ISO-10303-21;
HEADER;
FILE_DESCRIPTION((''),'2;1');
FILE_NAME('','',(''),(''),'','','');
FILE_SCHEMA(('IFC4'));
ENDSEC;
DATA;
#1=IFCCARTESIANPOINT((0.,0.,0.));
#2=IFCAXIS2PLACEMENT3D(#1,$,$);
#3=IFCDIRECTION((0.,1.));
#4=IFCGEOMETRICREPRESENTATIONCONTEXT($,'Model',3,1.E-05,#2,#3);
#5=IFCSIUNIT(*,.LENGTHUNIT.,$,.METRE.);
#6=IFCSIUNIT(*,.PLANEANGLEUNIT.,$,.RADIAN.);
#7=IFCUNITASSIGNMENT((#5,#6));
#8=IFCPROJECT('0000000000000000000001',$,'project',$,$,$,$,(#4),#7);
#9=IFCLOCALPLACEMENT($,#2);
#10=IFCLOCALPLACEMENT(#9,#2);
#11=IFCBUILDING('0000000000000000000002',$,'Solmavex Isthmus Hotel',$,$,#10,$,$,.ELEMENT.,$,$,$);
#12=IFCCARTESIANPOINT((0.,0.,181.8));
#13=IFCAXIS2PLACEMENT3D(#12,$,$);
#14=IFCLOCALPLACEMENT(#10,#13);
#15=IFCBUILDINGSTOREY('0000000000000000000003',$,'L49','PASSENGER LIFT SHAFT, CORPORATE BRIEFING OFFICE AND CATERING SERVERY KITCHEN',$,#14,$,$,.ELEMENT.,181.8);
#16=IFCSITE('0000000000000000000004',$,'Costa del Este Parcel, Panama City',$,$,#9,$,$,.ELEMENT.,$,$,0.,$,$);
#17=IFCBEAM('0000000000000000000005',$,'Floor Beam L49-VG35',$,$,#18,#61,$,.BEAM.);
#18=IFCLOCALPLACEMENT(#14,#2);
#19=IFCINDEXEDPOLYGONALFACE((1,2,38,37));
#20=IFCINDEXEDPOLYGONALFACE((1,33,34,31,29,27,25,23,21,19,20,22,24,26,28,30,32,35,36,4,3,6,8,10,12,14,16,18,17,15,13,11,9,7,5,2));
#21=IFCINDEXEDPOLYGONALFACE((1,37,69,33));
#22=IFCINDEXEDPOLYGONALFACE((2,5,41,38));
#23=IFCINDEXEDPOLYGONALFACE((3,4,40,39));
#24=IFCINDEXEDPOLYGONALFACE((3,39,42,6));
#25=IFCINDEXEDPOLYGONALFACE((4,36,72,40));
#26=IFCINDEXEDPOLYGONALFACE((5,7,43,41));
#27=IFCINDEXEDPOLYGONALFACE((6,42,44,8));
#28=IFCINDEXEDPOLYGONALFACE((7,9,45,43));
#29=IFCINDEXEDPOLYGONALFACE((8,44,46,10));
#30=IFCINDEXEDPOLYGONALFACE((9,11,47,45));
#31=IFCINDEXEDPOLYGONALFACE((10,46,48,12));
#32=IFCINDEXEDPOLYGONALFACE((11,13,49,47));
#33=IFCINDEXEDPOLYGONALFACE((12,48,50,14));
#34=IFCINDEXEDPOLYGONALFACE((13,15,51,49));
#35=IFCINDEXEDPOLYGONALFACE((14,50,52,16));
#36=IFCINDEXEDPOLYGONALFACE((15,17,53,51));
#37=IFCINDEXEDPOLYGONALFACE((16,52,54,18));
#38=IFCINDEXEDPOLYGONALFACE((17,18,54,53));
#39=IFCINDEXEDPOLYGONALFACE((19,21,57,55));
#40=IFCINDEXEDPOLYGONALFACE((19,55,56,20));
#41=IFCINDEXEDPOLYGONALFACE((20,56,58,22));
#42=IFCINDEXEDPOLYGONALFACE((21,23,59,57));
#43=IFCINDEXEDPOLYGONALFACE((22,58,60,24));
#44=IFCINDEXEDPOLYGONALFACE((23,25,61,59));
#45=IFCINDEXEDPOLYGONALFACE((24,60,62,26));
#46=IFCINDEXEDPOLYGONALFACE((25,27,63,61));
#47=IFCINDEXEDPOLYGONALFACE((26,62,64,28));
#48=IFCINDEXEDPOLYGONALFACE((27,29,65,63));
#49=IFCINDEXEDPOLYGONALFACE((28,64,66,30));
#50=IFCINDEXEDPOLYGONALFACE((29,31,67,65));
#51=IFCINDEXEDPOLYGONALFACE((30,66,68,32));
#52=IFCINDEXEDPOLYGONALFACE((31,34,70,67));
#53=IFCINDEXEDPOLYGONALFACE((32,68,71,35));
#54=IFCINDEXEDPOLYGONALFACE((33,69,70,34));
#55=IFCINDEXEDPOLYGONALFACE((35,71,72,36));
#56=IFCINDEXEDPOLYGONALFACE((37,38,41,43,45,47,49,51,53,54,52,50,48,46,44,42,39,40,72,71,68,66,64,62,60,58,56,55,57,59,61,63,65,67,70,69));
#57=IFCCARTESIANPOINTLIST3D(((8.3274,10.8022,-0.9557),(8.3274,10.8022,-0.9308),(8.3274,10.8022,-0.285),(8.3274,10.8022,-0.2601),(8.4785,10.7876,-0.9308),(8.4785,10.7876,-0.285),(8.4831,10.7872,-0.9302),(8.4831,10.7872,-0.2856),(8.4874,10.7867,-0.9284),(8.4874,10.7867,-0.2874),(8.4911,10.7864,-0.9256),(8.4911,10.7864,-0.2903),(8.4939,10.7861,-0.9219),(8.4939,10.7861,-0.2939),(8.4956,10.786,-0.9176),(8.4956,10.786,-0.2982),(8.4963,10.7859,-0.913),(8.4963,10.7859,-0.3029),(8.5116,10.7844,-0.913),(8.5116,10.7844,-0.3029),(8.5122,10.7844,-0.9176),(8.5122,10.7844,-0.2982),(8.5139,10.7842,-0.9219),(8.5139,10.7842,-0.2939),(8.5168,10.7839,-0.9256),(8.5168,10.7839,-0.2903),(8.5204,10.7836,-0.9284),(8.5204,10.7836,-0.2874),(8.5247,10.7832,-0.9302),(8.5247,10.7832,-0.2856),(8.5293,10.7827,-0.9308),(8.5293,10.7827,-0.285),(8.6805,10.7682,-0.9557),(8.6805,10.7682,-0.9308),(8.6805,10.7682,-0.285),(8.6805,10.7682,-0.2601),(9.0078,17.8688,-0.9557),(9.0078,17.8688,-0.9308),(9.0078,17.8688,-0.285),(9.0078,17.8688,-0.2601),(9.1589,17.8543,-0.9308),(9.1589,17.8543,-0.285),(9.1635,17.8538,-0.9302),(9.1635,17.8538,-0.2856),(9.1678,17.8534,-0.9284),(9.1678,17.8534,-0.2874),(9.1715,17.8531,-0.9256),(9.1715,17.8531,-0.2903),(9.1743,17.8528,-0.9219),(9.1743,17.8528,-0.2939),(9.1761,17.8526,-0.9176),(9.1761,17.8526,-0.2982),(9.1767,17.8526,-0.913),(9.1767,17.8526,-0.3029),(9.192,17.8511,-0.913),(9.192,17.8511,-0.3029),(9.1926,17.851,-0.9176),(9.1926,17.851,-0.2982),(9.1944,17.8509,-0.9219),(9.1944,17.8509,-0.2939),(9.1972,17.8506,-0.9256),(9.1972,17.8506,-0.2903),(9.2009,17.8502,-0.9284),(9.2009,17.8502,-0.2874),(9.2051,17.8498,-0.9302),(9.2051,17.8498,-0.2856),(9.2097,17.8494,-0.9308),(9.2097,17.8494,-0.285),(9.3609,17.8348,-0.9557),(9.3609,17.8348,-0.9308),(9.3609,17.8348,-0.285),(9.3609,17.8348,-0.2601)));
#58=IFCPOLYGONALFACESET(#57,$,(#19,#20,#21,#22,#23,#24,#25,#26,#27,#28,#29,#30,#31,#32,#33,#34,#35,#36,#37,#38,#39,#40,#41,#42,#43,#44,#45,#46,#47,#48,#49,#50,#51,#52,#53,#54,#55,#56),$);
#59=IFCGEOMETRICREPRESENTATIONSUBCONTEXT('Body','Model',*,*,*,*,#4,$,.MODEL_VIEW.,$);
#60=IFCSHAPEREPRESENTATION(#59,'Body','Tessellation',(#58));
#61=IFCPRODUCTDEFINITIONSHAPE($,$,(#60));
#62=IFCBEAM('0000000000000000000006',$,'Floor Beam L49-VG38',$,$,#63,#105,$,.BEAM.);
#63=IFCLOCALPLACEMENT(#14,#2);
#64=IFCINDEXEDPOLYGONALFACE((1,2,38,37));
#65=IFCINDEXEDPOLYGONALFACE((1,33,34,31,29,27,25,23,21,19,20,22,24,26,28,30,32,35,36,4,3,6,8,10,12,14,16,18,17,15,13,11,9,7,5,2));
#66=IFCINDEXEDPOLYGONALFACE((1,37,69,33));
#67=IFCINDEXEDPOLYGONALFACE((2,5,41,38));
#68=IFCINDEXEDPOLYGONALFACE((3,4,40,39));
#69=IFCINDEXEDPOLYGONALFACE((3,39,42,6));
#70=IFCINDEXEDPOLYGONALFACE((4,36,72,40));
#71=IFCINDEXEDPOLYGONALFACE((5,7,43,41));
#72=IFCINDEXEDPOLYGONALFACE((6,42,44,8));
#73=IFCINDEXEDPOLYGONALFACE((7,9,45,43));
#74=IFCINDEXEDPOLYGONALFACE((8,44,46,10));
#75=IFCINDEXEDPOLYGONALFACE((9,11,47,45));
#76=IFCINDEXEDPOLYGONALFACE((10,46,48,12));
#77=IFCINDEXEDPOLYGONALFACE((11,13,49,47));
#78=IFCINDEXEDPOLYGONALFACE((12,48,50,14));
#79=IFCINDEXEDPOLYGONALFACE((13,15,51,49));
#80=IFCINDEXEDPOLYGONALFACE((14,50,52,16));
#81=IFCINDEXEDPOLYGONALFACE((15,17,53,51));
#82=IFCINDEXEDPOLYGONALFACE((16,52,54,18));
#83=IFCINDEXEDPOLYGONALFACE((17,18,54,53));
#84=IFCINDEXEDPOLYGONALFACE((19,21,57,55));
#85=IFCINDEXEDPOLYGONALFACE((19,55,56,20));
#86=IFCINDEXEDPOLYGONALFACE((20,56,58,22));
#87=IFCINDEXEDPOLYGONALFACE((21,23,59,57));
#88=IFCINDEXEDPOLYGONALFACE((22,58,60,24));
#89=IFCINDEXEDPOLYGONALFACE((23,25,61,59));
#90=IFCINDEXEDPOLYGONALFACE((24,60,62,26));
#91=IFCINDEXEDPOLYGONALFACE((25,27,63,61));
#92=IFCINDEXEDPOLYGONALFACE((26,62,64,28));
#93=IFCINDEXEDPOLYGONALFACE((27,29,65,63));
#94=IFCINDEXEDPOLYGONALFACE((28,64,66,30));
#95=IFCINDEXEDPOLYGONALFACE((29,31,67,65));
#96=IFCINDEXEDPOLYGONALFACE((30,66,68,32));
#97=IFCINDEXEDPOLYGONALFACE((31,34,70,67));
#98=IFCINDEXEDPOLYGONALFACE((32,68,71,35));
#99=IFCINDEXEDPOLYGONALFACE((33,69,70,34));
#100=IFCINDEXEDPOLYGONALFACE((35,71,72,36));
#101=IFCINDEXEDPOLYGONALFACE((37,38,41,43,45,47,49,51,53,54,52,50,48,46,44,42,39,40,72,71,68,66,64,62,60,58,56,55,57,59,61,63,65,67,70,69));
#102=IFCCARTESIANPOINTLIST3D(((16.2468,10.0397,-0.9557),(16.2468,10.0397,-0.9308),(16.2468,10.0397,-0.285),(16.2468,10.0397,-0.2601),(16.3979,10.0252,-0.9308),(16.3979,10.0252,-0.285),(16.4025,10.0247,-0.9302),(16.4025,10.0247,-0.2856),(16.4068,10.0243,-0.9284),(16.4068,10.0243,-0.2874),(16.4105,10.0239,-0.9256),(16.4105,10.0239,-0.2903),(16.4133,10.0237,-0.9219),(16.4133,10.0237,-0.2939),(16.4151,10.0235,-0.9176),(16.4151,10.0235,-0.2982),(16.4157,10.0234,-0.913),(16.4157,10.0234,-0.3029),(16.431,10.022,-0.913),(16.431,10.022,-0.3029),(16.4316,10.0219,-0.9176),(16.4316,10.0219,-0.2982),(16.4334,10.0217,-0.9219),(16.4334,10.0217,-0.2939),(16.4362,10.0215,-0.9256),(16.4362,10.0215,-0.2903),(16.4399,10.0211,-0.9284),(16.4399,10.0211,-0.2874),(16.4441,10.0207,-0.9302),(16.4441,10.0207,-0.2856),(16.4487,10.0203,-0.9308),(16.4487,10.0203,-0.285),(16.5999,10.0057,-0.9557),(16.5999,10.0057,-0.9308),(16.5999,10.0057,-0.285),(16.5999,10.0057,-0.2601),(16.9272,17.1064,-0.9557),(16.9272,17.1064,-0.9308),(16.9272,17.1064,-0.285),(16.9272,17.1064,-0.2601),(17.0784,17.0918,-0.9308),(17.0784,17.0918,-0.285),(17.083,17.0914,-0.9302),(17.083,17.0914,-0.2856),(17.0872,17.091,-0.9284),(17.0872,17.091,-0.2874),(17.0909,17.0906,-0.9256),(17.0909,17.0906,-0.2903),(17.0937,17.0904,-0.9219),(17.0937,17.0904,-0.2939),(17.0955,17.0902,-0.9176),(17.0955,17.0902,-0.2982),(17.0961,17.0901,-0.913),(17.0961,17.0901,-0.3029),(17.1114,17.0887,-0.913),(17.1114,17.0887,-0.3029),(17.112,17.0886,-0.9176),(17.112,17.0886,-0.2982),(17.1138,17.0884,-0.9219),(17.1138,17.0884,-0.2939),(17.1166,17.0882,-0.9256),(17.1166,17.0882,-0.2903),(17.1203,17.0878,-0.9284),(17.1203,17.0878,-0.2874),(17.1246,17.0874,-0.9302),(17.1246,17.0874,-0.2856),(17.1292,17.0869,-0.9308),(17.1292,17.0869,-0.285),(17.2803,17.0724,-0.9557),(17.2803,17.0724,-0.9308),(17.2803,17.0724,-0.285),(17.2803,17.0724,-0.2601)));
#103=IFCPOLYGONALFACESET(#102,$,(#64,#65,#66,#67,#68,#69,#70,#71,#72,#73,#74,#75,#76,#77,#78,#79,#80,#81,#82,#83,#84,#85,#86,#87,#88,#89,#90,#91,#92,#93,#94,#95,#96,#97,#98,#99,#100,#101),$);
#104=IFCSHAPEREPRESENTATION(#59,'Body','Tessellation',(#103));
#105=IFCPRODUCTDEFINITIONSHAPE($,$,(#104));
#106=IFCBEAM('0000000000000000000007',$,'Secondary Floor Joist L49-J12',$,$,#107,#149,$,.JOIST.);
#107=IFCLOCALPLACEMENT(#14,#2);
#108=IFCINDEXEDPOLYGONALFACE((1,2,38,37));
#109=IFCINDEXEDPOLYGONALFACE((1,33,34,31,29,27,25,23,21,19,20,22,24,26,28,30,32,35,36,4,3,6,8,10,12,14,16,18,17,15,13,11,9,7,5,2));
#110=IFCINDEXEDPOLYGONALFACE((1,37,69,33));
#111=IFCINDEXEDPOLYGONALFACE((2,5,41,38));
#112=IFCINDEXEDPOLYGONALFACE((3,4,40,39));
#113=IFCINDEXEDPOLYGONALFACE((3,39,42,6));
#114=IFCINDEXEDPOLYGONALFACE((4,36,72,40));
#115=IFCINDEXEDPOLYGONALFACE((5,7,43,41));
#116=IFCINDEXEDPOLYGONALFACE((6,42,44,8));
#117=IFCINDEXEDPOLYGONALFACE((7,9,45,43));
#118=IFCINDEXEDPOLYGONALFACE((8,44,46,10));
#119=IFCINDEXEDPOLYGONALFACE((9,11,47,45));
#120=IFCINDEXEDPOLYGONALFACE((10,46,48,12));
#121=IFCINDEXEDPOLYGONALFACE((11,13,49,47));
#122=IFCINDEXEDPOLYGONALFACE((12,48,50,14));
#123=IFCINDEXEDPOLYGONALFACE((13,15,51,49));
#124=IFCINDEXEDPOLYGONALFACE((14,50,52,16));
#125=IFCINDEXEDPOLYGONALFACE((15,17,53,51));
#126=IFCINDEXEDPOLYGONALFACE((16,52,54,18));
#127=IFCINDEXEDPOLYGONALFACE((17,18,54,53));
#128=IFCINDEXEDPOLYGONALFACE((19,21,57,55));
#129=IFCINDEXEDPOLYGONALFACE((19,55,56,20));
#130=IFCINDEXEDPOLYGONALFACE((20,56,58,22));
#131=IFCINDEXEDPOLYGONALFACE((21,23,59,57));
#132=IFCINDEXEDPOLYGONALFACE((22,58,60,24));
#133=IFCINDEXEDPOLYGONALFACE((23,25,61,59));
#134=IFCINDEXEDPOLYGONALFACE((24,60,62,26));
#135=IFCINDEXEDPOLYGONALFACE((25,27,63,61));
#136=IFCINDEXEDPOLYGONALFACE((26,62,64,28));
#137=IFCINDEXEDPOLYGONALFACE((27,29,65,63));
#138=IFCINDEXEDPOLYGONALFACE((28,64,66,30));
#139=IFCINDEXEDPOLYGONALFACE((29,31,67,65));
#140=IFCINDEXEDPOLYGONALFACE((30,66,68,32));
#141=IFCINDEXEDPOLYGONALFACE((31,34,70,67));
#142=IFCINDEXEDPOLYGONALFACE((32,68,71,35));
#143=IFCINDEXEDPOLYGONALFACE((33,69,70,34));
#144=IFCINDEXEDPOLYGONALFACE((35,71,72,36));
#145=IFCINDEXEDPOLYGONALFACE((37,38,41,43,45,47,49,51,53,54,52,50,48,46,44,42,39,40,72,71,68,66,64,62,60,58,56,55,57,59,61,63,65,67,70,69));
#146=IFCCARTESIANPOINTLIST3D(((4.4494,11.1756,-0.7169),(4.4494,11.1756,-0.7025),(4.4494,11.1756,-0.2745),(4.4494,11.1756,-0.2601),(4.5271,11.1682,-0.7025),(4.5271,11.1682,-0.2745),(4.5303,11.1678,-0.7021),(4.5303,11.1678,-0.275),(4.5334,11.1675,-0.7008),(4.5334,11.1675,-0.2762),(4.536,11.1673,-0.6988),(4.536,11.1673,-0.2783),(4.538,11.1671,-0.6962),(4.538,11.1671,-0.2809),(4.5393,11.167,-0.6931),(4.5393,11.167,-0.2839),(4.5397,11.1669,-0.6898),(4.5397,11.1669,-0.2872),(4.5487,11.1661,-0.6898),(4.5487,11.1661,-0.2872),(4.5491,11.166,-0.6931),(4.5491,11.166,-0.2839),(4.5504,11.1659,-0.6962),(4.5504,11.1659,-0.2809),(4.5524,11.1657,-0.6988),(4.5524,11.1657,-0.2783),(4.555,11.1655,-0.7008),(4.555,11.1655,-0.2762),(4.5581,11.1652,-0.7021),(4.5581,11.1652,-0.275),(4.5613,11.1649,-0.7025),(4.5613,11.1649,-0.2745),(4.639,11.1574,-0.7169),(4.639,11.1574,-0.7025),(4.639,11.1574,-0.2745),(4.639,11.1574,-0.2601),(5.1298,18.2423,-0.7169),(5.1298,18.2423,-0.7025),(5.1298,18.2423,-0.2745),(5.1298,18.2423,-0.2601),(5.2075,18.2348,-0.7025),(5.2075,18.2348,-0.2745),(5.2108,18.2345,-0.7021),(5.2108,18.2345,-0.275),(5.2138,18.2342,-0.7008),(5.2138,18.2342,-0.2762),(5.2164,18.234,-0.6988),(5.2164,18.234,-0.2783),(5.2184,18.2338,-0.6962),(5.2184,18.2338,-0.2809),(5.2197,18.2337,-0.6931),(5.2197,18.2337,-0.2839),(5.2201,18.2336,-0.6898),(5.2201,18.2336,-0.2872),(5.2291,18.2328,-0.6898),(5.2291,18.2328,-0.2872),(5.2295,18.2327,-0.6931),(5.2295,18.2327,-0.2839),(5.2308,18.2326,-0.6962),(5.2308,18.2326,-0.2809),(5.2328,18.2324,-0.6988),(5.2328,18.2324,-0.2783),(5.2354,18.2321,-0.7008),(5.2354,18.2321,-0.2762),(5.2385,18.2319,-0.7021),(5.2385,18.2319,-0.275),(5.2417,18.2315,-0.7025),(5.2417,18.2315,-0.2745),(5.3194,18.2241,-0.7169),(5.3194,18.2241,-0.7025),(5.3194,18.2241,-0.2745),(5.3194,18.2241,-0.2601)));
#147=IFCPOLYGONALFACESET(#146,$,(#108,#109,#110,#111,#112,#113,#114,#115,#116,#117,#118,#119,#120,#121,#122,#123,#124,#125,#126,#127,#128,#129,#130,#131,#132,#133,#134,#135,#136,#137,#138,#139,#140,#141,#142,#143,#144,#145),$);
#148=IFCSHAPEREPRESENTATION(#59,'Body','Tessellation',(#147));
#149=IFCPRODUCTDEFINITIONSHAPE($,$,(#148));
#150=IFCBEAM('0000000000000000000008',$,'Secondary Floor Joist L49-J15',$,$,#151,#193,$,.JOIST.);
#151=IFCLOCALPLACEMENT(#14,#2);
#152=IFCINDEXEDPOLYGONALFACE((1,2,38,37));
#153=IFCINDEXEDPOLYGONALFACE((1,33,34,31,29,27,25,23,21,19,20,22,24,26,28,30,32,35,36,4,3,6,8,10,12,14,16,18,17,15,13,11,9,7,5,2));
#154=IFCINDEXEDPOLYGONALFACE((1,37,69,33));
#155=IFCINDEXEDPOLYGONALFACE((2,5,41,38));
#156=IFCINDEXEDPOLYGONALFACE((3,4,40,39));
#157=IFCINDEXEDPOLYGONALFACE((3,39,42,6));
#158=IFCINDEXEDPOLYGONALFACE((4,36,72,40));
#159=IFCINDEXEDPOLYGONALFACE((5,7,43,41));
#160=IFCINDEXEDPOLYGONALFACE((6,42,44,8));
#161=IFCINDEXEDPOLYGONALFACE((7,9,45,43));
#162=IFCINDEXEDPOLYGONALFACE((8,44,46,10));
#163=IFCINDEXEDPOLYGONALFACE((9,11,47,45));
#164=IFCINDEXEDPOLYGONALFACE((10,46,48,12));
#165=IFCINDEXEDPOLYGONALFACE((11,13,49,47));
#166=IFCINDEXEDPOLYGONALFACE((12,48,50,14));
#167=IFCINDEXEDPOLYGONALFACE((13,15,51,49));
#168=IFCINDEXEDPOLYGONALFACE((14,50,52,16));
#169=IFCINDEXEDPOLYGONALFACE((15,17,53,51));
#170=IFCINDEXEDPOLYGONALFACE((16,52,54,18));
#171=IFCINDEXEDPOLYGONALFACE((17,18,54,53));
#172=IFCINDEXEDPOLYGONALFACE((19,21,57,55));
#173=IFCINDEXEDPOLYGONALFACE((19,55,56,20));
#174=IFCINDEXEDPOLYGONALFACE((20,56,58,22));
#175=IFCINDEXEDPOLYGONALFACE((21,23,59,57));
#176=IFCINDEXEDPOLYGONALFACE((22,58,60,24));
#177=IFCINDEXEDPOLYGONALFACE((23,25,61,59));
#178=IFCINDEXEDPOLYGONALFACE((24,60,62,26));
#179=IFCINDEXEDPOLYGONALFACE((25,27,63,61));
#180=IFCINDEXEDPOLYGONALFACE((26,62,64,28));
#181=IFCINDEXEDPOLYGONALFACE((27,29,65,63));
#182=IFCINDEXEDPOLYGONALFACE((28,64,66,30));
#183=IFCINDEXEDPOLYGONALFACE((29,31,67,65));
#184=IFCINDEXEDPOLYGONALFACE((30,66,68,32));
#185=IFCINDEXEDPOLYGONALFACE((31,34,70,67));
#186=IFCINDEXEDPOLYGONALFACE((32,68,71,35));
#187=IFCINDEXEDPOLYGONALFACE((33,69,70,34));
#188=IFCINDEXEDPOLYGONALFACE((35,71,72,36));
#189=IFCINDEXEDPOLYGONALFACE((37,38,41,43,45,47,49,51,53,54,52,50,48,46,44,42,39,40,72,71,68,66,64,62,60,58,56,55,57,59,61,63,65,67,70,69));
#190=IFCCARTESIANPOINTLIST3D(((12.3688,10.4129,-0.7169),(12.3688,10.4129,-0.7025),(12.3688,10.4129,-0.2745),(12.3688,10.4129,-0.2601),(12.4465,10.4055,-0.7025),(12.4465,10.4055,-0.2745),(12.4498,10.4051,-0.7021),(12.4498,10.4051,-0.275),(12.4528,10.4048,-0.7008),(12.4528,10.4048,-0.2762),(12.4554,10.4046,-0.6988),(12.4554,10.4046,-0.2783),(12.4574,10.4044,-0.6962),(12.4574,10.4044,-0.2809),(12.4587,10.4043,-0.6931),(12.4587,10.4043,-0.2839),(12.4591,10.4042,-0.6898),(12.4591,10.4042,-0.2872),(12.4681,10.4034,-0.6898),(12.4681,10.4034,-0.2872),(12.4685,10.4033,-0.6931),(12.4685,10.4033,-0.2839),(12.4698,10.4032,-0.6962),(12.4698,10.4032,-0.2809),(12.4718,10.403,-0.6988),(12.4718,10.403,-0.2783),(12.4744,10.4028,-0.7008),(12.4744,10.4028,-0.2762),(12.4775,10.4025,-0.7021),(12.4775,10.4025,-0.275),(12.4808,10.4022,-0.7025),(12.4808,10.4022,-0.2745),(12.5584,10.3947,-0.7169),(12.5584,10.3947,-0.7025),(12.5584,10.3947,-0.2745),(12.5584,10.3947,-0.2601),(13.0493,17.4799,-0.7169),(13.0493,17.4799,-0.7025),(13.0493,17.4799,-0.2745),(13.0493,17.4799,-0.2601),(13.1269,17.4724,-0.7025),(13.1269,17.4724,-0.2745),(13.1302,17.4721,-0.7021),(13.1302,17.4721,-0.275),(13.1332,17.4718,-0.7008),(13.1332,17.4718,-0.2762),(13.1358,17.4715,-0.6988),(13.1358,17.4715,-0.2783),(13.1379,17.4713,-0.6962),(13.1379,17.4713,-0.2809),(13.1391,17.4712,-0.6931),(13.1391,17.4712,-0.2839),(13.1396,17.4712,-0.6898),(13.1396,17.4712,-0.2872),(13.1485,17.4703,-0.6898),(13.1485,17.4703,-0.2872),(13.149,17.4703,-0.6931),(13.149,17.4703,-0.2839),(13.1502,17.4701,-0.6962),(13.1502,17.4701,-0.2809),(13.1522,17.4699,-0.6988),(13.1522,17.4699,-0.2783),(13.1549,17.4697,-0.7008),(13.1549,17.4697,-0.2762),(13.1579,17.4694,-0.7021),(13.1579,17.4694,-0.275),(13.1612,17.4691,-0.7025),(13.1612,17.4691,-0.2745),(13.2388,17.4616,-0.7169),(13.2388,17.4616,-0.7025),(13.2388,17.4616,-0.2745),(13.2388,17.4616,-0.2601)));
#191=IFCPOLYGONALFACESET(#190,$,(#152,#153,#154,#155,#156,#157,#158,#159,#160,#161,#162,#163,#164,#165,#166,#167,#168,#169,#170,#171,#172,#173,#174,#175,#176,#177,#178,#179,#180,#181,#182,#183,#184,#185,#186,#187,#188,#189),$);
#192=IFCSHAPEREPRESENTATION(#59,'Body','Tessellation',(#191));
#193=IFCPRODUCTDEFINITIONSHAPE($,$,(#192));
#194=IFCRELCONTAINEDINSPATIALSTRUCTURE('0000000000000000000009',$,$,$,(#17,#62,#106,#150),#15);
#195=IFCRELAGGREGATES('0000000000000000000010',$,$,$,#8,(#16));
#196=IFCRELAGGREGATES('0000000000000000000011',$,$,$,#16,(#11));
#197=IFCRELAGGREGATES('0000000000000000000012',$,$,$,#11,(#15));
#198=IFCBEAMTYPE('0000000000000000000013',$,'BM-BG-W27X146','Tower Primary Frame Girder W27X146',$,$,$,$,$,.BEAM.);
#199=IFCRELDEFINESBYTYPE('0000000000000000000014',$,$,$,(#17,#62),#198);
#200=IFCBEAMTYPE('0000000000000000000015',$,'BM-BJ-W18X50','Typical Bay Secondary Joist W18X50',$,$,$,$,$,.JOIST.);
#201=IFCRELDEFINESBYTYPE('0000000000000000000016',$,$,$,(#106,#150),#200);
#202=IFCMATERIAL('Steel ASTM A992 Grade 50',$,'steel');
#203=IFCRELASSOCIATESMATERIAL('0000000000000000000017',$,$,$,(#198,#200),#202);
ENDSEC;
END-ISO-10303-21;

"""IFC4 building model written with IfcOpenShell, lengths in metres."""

from ifc_helpers import new_model, si_unit, direction, frame, origin, origin_2d, place, context, subcontext, project, spatial, i_section, extrude, material, material_profile, profile_set, type_object, element, save


model = new_model("IFC4")

# Units and contexts
model_context = context("Model", 3, precision=1e-05, world=origin(), true_north=direction((0.0, 1.0)))
body_context = subcontext(model_context, "Body", "Model", "MODEL_VIEW")
ifc_project = project(units=[si_unit("LENGTHUNIT", "METRE"), si_unit("PLANEANGLEUNIT", "RADIAN")], contexts=[model_context])

# Site, building, storey
site_placement = place(None, origin())
site = spatial("IfcSite", under=ifc_project, at=site_placement, Name="Costa del Este Parcel, Panama City", CompositionType="ELEMENT", RefElevation=0.0)
building_placement = place(site_placement, origin())
building = spatial("IfcBuilding", under=site, at=building_placement, Name="Solmavex Isthmus Hotel", CompositionType="ELEMENT")
storey_placement = place(building_placement, frame((0.0, 0.0, 181.8)))
storey = spatial("IfcBuildingStorey", under=building, at=storey_placement, Name="L49", Description="PASSENGER LIFT SHAFT, CORPORATE BRIEFING OFFICE AND CATERING SERVERY KITCHEN", CompositionType="ELEMENT", Elevation=181.8)

# Beams
ifc_material_1 = material(Name="Steel ASTM A992 Grade 50", Category="steel")
ifc_material_profile_1 = material_profile(ifc_material_1, i_section(OverallWidth=0.3547, OverallDepth=0.6956, WebThickness=0.0154, FlangeThickness=0.0249, FilletRadius=0.0178, at=origin_2d()), Name="W27X146")
ifc_profile_set_1 = profile_set([ifc_material_profile_1], Name="Steel ASTM A992 Grade 50")
beam_type_1 = type_object("IfcBeamType", Name="BM-BG-W27X146", Description="Tower Primary Frame Girder W27X146", PredefinedType="BEAM", material=ifc_profile_set_1)
for number, where, z_axis, x_axis, name in (
    (1, (8.5039, 10.7852, -0.6079), (0.095843, 0.995396, 0.0), (-0.995396, 0.095843, 0.0), "Floor Beam L49-VG35"),
    (2, (16.4233, 10.0227, -0.6079), (0.095843, 0.995396, 0.0), (-0.995396, 0.095843, 0.0), "Floor Beam L49-VG38"),
):
    element("IfcBeam", number, at=place(storey_placement, frame(where, z_axis=z_axis, x_axis=x_axis)), inside=storey, type_object=beam_type_1, Name=name, PredefinedType="BEAM", context=body_context, shape_type="SweptSolid", body=[
        extrude(i_section(OverallWidth=0.3547, OverallDepth=0.6956, WebThickness=0.0154, FlangeThickness=0.0249, FilletRadius=0.0178, at=origin_2d()), origin(), (0.0, 0.0, 1.0), 7.0994),
    ])
ifc_material_profile_2 = material_profile(ifc_material_1, i_section(OverallWidth=0.1904, OverallDepth=0.4568, WebThickness=0.009, FlangeThickness=0.0144, FilletRadius=0.0127, at=origin_2d()), Name="W18X50")
ifc_profile_set_2 = profile_set([ifc_material_profile_2], Name="Steel ASTM A992 Grade 50")
beam_type_2 = type_object("IfcBeamType", Name="BM-BJ-W18X50", Description="Typical Bay Secondary Joist W18X50", PredefinedType="JOIST", material=ifc_profile_set_2)
beam_1_placement = place(storey_placement, frame((4.5442, 11.1665, -0.4885), z_axis=(0.095843, 0.995396, 0.0), x_axis=(-0.995396, 0.095843, 0.0)))
element("IfcBeam", 3, at=beam_1_placement, inside=storey, type_object=beam_type_2, Name="Secondary Floor Joist L49-J12", PredefinedType="JOIST", context=body_context, shape_type="SweptSolid", body=[
    extrude(i_section(OverallWidth=0.1904, OverallDepth=0.4568, WebThickness=0.009, FlangeThickness=0.0144, FilletRadius=0.0127, at=origin_2d()), origin(), (0.0, 0.0, 1.0), 7.0994),
])
beam_2_placement = place(storey_placement, frame((12.4636, 10.4038, -0.4885), z_axis=(0.09584, 0.995397, 0.0), x_axis=(-0.995397, 0.09584, 0.0)))
element("IfcBeam", 4, at=beam_2_placement, inside=storey, type_object=beam_type_2, Name="Secondary Floor Joist L49-J15", PredefinedType="JOIST", context=body_context, shape_type="SweptSolid", body=[
    extrude(i_section(OverallWidth=0.1904, OverallDepth=0.4568, WebThickness=0.009, FlangeThickness=0.0144, FilletRadius=0.0127, at=origin_2d()), origin(), (0.0, 0.0, 1.0), 7.0996),
])

save(model, "model.ifc")
